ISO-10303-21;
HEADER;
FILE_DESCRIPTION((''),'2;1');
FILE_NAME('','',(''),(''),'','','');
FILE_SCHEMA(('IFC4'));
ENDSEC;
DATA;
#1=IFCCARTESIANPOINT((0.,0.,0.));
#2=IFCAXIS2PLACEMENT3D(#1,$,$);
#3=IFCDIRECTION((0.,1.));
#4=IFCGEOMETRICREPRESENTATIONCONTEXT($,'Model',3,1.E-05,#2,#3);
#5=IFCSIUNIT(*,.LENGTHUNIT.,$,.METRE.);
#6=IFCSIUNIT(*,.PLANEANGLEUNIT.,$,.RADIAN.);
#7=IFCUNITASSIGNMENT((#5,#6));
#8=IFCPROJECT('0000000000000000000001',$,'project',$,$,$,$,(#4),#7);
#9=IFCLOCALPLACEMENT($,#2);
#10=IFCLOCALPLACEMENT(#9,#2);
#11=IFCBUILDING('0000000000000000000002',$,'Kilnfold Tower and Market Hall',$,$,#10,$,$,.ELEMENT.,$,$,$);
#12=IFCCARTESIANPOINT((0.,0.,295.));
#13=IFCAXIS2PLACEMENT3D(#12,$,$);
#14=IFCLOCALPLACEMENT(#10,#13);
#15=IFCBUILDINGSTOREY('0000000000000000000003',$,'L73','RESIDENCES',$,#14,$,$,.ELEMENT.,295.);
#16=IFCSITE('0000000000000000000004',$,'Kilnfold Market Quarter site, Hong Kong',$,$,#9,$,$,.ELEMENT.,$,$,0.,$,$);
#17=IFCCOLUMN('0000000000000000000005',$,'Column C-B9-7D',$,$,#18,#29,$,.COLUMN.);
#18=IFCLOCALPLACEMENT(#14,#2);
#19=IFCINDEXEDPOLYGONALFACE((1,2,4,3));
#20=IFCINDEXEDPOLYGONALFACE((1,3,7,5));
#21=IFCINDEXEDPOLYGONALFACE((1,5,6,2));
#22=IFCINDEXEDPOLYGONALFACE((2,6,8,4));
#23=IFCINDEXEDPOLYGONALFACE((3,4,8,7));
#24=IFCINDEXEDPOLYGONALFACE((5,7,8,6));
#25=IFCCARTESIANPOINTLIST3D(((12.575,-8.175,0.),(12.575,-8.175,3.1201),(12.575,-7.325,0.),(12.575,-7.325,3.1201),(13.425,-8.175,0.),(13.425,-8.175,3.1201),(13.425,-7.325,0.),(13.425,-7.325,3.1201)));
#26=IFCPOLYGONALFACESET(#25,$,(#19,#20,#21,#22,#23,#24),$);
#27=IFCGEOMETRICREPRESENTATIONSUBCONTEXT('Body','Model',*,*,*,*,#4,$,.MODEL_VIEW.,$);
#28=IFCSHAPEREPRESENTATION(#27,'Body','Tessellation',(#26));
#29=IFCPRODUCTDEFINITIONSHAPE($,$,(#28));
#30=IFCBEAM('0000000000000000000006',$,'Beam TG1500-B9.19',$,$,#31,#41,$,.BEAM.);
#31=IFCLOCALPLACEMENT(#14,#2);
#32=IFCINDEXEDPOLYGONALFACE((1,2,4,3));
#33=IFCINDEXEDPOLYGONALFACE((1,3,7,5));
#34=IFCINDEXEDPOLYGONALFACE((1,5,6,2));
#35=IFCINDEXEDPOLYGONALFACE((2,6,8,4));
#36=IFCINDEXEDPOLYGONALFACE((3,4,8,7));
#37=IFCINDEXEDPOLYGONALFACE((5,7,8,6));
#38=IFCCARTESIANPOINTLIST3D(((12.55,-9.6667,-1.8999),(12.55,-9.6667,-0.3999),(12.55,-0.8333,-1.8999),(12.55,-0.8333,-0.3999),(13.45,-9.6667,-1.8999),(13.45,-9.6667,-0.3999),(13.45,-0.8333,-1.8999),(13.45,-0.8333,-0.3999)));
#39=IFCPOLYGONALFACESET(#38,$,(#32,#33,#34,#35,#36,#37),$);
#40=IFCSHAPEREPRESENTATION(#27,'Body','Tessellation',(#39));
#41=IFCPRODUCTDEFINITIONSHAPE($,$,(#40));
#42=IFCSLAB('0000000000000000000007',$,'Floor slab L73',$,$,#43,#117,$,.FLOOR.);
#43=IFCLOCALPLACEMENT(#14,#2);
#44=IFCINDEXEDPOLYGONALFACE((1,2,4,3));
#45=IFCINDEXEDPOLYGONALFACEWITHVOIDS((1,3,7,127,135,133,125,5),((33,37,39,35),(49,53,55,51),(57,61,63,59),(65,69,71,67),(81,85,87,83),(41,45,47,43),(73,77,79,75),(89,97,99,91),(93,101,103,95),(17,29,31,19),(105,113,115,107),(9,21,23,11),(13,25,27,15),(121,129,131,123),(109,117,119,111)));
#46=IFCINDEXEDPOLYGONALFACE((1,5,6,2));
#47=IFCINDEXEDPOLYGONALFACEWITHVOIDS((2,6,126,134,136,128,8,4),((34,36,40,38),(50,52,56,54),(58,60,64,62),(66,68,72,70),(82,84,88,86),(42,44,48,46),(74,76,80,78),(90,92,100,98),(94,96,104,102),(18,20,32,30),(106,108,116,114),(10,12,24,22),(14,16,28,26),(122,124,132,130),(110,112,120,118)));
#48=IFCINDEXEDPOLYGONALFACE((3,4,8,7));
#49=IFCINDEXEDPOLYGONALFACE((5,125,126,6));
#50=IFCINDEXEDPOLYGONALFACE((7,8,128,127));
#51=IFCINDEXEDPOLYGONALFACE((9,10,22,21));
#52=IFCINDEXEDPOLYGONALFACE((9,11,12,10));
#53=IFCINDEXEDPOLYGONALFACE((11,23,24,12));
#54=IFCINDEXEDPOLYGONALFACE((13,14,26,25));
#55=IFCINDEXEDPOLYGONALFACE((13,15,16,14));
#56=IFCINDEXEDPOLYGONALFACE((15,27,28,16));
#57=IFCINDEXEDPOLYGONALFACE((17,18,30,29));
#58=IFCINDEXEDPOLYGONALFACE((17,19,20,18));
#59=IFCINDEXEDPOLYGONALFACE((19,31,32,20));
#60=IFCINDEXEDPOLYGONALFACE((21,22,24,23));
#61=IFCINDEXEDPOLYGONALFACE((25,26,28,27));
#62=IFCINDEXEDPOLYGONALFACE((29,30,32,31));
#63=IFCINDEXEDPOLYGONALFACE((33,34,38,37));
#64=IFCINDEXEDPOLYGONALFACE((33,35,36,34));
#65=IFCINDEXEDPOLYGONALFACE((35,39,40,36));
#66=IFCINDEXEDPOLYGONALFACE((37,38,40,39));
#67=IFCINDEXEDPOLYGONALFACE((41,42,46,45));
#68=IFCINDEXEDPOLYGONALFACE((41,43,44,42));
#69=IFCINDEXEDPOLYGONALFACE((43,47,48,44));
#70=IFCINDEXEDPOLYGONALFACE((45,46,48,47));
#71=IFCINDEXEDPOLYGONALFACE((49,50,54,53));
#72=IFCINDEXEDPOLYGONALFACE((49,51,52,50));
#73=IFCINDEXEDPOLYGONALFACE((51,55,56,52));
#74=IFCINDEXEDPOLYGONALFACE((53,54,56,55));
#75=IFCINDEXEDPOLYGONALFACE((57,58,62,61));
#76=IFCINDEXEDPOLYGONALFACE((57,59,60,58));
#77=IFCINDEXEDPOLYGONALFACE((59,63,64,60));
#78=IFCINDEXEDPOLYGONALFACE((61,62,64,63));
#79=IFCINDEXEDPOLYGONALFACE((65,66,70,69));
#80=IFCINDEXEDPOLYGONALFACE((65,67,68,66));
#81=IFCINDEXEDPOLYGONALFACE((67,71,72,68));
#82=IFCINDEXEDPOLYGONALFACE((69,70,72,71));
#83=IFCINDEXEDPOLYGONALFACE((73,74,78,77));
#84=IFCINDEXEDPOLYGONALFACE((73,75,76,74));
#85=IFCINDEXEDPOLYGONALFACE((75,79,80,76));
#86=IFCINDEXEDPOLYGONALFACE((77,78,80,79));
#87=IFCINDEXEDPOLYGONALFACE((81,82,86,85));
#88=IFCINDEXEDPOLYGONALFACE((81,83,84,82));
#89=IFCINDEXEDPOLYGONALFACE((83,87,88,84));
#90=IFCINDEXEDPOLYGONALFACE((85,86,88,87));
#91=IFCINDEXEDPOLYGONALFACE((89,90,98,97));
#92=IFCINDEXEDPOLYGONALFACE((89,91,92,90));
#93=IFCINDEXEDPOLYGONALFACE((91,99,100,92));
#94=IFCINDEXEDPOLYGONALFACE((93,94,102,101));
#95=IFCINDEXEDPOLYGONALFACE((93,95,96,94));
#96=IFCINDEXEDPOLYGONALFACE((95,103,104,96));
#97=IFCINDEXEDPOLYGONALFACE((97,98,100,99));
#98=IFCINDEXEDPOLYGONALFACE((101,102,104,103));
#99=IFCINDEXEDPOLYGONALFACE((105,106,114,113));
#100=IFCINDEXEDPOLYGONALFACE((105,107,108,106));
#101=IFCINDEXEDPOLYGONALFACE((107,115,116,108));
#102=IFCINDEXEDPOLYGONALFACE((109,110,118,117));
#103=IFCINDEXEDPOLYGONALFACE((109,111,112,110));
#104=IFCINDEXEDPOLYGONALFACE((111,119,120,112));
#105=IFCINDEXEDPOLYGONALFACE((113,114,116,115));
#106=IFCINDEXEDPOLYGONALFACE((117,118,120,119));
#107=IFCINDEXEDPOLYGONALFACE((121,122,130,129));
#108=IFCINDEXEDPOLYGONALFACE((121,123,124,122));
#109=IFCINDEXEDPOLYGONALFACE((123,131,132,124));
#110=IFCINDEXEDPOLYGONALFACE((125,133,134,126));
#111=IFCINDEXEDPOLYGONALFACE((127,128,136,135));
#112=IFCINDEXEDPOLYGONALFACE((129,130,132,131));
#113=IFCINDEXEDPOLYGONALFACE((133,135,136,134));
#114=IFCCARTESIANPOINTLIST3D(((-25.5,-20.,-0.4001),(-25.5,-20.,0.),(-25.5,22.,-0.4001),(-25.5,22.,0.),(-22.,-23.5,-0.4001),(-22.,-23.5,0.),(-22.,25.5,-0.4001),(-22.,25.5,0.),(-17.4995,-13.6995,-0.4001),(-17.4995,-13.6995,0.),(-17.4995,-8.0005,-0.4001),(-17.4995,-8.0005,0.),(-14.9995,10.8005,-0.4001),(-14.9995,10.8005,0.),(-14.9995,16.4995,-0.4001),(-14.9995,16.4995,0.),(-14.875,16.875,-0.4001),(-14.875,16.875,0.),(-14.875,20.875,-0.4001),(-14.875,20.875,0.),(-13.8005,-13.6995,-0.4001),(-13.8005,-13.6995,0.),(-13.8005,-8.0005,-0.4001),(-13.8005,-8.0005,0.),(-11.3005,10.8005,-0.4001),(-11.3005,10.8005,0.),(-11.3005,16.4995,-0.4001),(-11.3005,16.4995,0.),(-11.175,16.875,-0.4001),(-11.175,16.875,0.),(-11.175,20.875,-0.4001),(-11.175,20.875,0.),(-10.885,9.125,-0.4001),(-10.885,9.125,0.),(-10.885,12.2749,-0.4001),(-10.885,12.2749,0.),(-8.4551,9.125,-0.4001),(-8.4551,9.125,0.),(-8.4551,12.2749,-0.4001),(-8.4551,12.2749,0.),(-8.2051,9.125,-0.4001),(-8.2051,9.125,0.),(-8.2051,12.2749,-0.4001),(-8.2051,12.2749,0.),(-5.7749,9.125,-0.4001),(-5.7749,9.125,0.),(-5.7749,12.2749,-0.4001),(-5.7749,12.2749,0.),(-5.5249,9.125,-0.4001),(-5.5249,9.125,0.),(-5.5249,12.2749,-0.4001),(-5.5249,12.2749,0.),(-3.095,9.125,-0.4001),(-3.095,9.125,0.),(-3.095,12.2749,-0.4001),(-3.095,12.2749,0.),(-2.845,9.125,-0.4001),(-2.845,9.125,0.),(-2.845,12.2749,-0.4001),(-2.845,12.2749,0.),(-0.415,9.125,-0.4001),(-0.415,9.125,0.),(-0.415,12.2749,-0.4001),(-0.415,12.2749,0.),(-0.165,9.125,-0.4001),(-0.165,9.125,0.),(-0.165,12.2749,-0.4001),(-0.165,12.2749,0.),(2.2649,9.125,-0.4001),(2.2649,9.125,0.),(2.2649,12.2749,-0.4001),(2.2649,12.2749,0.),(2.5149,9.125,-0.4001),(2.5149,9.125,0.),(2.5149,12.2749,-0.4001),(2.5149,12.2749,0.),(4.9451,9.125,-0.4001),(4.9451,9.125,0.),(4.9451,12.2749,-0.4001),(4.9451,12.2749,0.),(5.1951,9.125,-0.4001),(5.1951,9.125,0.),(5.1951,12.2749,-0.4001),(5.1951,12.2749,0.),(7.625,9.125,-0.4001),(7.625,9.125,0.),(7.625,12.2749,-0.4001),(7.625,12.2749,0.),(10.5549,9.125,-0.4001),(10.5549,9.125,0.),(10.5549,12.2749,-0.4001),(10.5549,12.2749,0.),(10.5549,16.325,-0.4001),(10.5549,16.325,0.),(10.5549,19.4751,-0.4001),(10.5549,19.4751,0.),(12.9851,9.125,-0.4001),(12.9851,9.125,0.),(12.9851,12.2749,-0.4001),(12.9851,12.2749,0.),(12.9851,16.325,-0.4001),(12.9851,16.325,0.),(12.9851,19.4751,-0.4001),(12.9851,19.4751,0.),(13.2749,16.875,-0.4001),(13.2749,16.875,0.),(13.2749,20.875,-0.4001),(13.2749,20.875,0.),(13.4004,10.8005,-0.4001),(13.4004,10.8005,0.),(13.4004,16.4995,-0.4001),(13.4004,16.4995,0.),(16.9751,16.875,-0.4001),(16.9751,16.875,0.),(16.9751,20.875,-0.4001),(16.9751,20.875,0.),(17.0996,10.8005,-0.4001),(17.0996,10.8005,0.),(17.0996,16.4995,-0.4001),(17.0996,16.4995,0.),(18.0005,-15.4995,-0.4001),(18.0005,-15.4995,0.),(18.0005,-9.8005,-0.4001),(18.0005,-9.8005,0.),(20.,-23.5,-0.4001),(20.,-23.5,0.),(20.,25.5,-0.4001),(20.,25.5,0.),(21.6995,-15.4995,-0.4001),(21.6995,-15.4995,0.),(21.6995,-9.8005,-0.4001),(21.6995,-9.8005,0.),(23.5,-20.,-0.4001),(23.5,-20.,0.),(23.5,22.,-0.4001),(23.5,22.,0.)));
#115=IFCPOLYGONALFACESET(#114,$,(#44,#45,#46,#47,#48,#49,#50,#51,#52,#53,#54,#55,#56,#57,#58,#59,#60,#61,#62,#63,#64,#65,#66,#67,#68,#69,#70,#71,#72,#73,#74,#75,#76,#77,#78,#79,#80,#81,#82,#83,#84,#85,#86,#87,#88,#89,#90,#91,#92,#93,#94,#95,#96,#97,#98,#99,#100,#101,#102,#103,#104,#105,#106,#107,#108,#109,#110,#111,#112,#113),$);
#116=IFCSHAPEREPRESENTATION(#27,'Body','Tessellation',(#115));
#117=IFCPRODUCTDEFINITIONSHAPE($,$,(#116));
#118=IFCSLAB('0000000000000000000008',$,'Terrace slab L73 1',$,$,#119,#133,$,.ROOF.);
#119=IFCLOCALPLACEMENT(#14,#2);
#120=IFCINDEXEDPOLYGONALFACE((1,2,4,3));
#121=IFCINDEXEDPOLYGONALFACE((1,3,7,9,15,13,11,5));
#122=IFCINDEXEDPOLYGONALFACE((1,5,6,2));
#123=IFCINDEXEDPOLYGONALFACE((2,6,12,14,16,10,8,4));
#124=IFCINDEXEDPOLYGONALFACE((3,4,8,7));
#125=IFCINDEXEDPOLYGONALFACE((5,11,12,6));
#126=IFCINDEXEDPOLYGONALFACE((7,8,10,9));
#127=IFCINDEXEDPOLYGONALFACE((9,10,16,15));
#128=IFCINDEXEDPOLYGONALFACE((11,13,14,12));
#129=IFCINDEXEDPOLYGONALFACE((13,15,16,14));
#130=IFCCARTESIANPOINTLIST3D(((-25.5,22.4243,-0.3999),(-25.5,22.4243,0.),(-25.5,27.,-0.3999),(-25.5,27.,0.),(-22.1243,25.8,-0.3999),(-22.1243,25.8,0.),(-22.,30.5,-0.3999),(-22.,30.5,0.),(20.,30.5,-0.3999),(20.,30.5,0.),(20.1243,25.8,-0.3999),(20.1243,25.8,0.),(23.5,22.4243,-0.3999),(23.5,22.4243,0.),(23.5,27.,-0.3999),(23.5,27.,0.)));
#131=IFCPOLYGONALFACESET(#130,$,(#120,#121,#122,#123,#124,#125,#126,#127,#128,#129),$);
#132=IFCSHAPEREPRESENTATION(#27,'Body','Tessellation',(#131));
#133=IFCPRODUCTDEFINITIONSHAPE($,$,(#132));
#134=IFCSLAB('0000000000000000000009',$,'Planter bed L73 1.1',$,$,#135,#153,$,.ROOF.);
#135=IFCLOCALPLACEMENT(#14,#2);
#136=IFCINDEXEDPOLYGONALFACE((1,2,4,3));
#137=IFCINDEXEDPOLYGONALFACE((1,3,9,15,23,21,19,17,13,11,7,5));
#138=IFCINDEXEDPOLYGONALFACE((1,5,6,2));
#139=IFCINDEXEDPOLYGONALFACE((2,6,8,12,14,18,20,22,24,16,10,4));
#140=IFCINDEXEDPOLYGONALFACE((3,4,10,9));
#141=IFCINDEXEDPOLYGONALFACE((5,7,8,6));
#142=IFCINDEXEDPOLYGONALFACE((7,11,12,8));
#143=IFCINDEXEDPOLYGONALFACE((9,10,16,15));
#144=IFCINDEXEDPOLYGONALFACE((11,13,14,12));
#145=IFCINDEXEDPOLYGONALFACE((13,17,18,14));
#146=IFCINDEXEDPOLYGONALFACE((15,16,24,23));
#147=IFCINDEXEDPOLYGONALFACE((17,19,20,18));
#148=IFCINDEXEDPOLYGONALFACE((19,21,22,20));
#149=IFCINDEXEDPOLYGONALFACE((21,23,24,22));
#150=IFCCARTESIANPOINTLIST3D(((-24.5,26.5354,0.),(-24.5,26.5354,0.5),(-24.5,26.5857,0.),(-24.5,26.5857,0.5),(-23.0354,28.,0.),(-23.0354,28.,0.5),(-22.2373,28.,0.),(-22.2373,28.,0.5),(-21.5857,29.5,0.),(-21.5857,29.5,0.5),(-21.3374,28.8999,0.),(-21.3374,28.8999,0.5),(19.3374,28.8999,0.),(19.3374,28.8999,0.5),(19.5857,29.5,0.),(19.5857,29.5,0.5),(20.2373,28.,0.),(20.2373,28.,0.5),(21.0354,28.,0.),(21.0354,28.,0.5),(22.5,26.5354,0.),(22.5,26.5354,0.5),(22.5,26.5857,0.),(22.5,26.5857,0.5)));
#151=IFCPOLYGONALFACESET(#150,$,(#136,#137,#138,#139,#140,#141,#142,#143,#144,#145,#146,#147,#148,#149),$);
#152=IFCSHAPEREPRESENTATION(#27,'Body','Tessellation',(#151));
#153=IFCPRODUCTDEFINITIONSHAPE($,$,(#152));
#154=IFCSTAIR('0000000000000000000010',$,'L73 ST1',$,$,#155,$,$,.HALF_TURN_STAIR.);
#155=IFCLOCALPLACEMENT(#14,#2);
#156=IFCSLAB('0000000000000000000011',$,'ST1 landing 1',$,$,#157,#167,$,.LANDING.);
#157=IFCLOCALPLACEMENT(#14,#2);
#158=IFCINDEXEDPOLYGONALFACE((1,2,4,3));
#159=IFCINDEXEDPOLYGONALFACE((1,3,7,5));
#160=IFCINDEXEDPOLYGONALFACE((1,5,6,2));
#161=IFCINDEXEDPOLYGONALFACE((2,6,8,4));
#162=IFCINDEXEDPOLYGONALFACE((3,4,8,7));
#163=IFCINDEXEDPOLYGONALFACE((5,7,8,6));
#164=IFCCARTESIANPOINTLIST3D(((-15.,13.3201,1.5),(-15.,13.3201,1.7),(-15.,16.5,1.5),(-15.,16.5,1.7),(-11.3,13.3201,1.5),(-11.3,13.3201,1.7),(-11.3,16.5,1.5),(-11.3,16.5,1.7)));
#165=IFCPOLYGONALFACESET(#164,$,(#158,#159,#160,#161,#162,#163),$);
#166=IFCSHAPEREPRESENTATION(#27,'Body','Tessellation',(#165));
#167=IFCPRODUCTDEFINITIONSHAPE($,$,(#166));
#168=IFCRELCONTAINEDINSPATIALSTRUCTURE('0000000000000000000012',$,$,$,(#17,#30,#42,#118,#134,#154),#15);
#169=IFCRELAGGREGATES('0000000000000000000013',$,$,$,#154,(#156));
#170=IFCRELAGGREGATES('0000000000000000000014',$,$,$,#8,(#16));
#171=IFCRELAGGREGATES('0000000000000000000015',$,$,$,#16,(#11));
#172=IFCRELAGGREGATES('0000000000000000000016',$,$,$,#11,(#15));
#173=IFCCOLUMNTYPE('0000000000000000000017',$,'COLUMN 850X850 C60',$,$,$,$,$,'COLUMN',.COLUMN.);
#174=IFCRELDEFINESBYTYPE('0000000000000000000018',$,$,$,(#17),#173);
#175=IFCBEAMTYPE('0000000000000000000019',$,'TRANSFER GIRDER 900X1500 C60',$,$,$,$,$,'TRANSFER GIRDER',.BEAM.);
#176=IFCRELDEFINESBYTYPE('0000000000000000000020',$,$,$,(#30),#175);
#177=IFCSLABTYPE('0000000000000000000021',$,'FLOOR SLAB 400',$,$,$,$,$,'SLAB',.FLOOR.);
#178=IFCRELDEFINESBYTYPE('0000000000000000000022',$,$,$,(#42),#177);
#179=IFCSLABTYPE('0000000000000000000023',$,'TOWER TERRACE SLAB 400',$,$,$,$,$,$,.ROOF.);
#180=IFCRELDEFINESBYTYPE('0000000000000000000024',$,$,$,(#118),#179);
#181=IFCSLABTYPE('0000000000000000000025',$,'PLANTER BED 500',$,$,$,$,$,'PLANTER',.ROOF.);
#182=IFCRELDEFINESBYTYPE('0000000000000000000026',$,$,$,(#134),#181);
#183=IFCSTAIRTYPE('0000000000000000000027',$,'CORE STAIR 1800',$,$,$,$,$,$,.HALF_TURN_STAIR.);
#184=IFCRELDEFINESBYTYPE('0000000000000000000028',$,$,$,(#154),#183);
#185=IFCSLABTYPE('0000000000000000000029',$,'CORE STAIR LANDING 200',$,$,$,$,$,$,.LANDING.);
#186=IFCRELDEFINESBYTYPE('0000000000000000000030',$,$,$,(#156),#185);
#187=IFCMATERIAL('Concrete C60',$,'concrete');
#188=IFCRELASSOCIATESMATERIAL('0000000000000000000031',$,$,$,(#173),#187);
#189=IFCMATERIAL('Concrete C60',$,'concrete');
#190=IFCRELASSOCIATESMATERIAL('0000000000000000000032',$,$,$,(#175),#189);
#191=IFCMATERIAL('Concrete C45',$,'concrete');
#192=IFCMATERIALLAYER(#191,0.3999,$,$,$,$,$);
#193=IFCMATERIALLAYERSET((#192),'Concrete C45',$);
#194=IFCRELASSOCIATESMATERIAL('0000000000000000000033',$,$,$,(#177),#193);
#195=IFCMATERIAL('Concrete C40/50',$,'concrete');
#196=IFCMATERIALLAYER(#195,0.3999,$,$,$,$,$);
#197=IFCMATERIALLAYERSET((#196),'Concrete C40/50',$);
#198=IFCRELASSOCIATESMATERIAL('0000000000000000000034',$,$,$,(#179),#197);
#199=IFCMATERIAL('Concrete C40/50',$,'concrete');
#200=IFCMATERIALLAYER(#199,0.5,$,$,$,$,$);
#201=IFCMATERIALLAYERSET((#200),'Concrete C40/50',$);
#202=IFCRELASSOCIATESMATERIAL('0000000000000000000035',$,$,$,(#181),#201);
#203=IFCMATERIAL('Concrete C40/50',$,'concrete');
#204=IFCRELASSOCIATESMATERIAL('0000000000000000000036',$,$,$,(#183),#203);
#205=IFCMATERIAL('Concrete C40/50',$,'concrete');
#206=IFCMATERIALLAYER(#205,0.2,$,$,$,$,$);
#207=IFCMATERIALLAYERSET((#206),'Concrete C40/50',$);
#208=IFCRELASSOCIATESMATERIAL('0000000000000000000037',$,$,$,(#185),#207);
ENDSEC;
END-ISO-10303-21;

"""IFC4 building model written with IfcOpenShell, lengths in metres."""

from ifc_helpers import new_model, si_unit, direction, frame, origin, origin_2d, place, context, subcontext, project, spatial, polyline, rectangle, outline, extrude, source, transform, mapped, material, layer, layer_set, material_profile, profile_set, type_object, element, aggregate, save


model = new_model("IFC4")

# Units and contexts
model_context = context("Model", 3, precision=1e-05, world=origin(), true_north=direction((0.0, 1.0)))
body_context = subcontext(model_context, "Body", "Model", "MODEL_VIEW")
ifc_project = project(units=[si_unit("LENGTHUNIT", "METRE"), si_unit("PLANEANGLEUNIT", "RADIAN")], contexts=[model_context])

# Site, building, storey
site_placement = place(None, origin())
site = spatial("IfcSite", under=ifc_project, at=site_placement, Name="Kilnfold Market Quarter site, Hong Kong", CompositionType="ELEMENT", RefElevation=0.0)
building_placement = place(site_placement, origin())
building = spatial("IfcBuilding", under=site, at=building_placement, Name="Kilnfold Tower and Market Hall", CompositionType="ELEMENT")
storey_placement = place(building_placement, frame((0.0, 0.0, 295.0)))
storey = spatial("IfcBuildingStorey", under=building, at=storey_placement, Name="L73", Description="RESIDENCES", CompositionType="ELEMENT", Elevation=295.0)

# Column
ifc_material_1 = material(Name="Concrete C60", Category="concrete")
ifc_material_profile_1 = material_profile(ifc_material_1, rectangle(XDim=0.8501, YDim=0.8501, at=origin_2d()), Name="RC 850x850")
ifc_profile_set_1 = profile_set([ifc_material_profile_1], Name="Concrete C60")
column_type = type_object("IfcColumnType", Name="COLUMN 850X850 C60", ElementType="COLUMN", PredefinedType="COLUMN", material=ifc_profile_set_1)
shared_shape_1 = source(origin(), body_context, "Body", "SweptSolid", [
    extrude(rectangle(XDim=0.8501, YDim=0.8501, at=origin_2d()), origin(), (0.0, 0.0, 1.0), 3.1201),
])
column_placement = place(storey_placement, frame((13.0, -7.75, 0.0), z_axis=(0.0, 0.0, 1.0), x_axis=(1.0, 0.0, 0.0)))
element("IfcColumn", 1, at=column_placement, inside=storey, type_object=column_type, Name="Column C-B9-7D", PredefinedType="COLUMN", context=body_context, shape_type="MappedRepresentation", body=[
    mapped(shared_shape_1, transform((0.0, 0.0, 0.0))),
])

# Beam
ifc_material_2 = material(Name="Concrete C60", Category="concrete")
ifc_material_profile_2 = material_profile(ifc_material_2, rectangle(XDim=0.8999, YDim=1.5, at=origin_2d()), Name="RC 900x1500")
ifc_profile_set_2 = profile_set([ifc_material_profile_2], Name="Concrete C60")
beam_type = type_object("IfcBeamType", Name="TRANSFER GIRDER 900X1500 C60", ElementType="TRANSFER GIRDER", PredefinedType="BEAM", material=ifc_profile_set_2)
shared_shape_2 = source(origin(), body_context, "Body", "SweptSolid", [
    extrude(rectangle(XDim=0.8999, YDim=1.5, at=origin_2d()), origin(), (0.0, 0.0, 1.0), 8.8335),
])
beam_placement = place(storey_placement, frame((13.0, -9.6667, -1.1499), z_axis=(0.0, 1.0, 0.0), x_axis=(-1.0, 0.0, 0.0)))
element("IfcBeam", 2, at=beam_placement, inside=storey, type_object=beam_type, Name="Beam TG1500-B9.19", PredefinedType="BEAM", context=body_context, shape_type="MappedRepresentation", body=[
    mapped(shared_shape_2, transform((0.0, 0.0, 0.0))),
])

# Slabs
ifc_material_3 = material(Name="Concrete C45", Category="concrete")
ifc_layer_1 = layer(ifc_material_3, 0.3999)
ifc_layer_set_1 = layer_set([ifc_layer_1], Name="Concrete C45")
slab_type_1 = type_object("IfcSlabType", Name="FLOOR SLAB 400", ElementType="SLAB", PredefinedType="FLOOR", material=ifc_layer_set_1)
shared_shape_3 = source(origin(), body_context, "Body", "SweptSolid", [
    extrude(outline(polyline([(-22.0, -23.5), (20.0, -23.5), (23.5, -20.0), (23.5, 22.0), (20.0, 25.5), (-22.0, 25.5), (-25.5, 22.0), (-25.5, -20.0), (-22.0, -23.5)]), holes=[polyline([(-13.8005, -8.0005), (-13.8005, -13.6995), (-17.4995, -13.6995), (-17.4995, -8.0005), (-13.8005, -8.0005)]), polyline([(-11.3005, 10.8005), (-14.9995, 10.8005), (-14.9995, 16.4995), (-11.3005, 16.4995), (-11.3005, 10.8005)]), polyline([(-11.175, 16.875), (-14.875, 16.875), (-14.875, 20.875), (-11.175, 20.875), (-11.175, 16.875)]), polyline([(-8.4551, 9.125), (-10.885, 9.125), (-10.885, 12.2749), (-8.4551, 12.2749), (-8.4551, 9.125)]), polyline([(-5.7749, 9.125), (-8.2051, 9.125), (-8.2051, 12.2749), (-5.7749, 12.2749), (-5.7749, 9.125)]), polyline([(-3.095, 9.125), (-5.5249, 9.125), (-5.5249, 12.2749), (-3.095, 12.2749), (-3.095, 9.125)]), polyline([(-0.415, 9.125), (-2.845, 9.125), (-2.845, 12.2749), (-0.415, 12.2749), (-0.415, 9.125)]), polyline([(2.2649, 9.125), (-0.165, 9.125), (-0.165, 12.2749), (2.2649, 12.2749), (2.2649, 9.125)]), polyline([(4.9451, 9.125), (2.5149, 9.125), (2.5149, 12.2749), (4.9451, 12.2749), (4.9451, 9.125)]), polyline([(7.625, 9.125), (5.1951, 9.125), (5.1951, 12.2749), (7.625, 12.2749), (7.625, 9.125)]), polyline([(12.9851, 9.125), (10.5549, 9.125), (10.5549, 12.2749), (12.9851, 12.2749), (12.9851, 9.125)]), polyline([(12.9851, 16.325), (10.5549, 16.325), (10.5549, 19.4751), (12.9851, 19.4751), (12.9851, 16.325)]), polyline([(16.9751, 16.875), (13.2749, 16.875), (13.2749, 20.875), (16.9751, 20.875), (16.9751, 16.875)]), polyline([(17.0996, 10.8005), (13.4004, 10.8005), (13.4004, 16.4995), (17.0996, 16.4995), (17.0996, 10.8005)]), polyline([(18.0005, -9.8005), (21.6995, -9.8005), (21.6995, -15.4995), (18.0005, -15.4995), (18.0005, -9.8005)])]), origin(), (0.0, 0.0, 1.0), 0.4001),
])
slab_1_placement = place(storey_placement, frame((0.0, 0.0, -0.4001)))
element("IfcSlab", 3, at=slab_1_placement, inside=storey, type_object=slab_type_1, Name="Floor slab L73", PredefinedType="FLOOR", context=body_context, shape_type="MappedRepresentation", body=[
    mapped(shared_shape_3, transform((0.0, 0.0, 0.0))),
])
ifc_material_4 = material(Name="Concrete C40/50", Category="concrete")
ifc_layer_2 = layer(ifc_material_4, 0.3999)
ifc_layer_set_2 = layer_set([ifc_layer_2], Name="Concrete C40/50")
slab_type_2 = type_object("IfcSlabType", Name="TOWER TERRACE SLAB 400", PredefinedType="ROOF", material=ifc_layer_set_2)
shared_shape_4 = source(origin(), body_context, "Body", "SweptSolid", [
    extrude(outline(polyline([(-25.5, 27.0), (-22.0, 30.5), (20.0, 30.5), (23.5, 27.0), (23.5, 22.4243), (20.1243, 25.8), (-22.1243, 25.8), (-25.5, 22.4243), (-25.5, 27.0)])), origin(), (0.0, 0.0, 1.0), 0.3999),
])
slab_2_placement = place(storey_placement, frame((0.0, 0.0, -0.3999)))
element("IfcSlab", 4, at=slab_2_placement, inside=storey, type_object=slab_type_2, Name="Terrace slab L73 1", PredefinedType="ROOF", context=body_context, shape_type="MappedRepresentation", body=[
    mapped(shared_shape_4, transform((0.0, 0.0, 0.0))),
])
ifc_material_5 = material(Name="Concrete C40/50", Category="concrete")
ifc_layer_3 = layer(ifc_material_5, 0.5)
ifc_layer_set_3 = layer_set([ifc_layer_3], Name="Concrete C40/50")
slab_type_3 = type_object("IfcSlabType", Name="PLANTER BED 500", ElementType="PLANTER", PredefinedType="ROOF", material=ifc_layer_set_3)
shared_shape_5 = source(origin(), body_context, "Body", "SweptSolid", [
    extrude(outline(polyline([(19.5857, 29.5), (22.5, 26.5857), (22.5, 26.5354), (21.0354, 28.0), (20.2373, 28.0), (19.3374, 28.8999), (-21.3374, 28.8999), (-22.2373, 28.0), (-23.0354, 28.0), (-24.5, 26.5354), (-24.5, 26.5857), (-21.5857, 29.5), (19.5857, 29.5)])), origin(), (0.0, 0.0, 1.0), 0.5),
])
slab_3_placement = place(storey_placement, origin())
element("IfcSlab", 5, at=slab_3_placement, inside=storey, type_object=slab_type_3, Name="Planter bed L73 1.1", PredefinedType="ROOF", context=body_context, shape_type="MappedRepresentation", body=[
    mapped(shared_shape_5, transform((0.0, 0.0, 0.0))),
])

# Stair, slab
ifc_material_6 = material(Name="Concrete C40/50", Category="concrete")
stair_type = type_object("IfcStairType", Name="CORE STAIR 1800", PredefinedType="HALF_TURN_STAIR", material=ifc_material_6)
stair_1_placement = place(storey_placement, origin())
stair_1 = element("IfcStair", 6, at=stair_1_placement, inside=storey, type_object=stair_type, Name="L73 ST1", PredefinedType="HALF_TURN_STAIR")
ifc_material_7 = material(Name="Concrete C40/50", Category="concrete")
ifc_layer_4 = layer(ifc_material_7, 0.2)
ifc_layer_set_4 = layer_set([ifc_layer_4], Name="Concrete C40/50")
slab_type_4 = type_object("IfcSlabType", Name="CORE STAIR LANDING 200", PredefinedType="LANDING", material=ifc_layer_set_4)
shared_shape_6 = source(origin(), body_context, "Body", "SweptSolid", [
    extrude(outline(polyline([(-11.3, 13.3201), (-11.3, 16.5), (-15.0, 16.5), (-15.0, 13.3201), (-11.3, 13.3201)])), origin(), (0.0, 0.0, 1.0), 0.2),
])
slab_4_placement = place(storey_placement, frame((0.0, 0.0, 1.5)))
slab_4 = element("IfcSlab", 7, at=slab_4_placement, type_object=slab_type_4, Name="ST1 landing 1", PredefinedType="LANDING", context=body_context, shape_type="MappedRepresentation", body=[
    mapped(shared_shape_6, transform((0.0, 0.0, 0.0))),
])
aggregate(stair_1, [slab_4])

save(model, "model.ifc")
